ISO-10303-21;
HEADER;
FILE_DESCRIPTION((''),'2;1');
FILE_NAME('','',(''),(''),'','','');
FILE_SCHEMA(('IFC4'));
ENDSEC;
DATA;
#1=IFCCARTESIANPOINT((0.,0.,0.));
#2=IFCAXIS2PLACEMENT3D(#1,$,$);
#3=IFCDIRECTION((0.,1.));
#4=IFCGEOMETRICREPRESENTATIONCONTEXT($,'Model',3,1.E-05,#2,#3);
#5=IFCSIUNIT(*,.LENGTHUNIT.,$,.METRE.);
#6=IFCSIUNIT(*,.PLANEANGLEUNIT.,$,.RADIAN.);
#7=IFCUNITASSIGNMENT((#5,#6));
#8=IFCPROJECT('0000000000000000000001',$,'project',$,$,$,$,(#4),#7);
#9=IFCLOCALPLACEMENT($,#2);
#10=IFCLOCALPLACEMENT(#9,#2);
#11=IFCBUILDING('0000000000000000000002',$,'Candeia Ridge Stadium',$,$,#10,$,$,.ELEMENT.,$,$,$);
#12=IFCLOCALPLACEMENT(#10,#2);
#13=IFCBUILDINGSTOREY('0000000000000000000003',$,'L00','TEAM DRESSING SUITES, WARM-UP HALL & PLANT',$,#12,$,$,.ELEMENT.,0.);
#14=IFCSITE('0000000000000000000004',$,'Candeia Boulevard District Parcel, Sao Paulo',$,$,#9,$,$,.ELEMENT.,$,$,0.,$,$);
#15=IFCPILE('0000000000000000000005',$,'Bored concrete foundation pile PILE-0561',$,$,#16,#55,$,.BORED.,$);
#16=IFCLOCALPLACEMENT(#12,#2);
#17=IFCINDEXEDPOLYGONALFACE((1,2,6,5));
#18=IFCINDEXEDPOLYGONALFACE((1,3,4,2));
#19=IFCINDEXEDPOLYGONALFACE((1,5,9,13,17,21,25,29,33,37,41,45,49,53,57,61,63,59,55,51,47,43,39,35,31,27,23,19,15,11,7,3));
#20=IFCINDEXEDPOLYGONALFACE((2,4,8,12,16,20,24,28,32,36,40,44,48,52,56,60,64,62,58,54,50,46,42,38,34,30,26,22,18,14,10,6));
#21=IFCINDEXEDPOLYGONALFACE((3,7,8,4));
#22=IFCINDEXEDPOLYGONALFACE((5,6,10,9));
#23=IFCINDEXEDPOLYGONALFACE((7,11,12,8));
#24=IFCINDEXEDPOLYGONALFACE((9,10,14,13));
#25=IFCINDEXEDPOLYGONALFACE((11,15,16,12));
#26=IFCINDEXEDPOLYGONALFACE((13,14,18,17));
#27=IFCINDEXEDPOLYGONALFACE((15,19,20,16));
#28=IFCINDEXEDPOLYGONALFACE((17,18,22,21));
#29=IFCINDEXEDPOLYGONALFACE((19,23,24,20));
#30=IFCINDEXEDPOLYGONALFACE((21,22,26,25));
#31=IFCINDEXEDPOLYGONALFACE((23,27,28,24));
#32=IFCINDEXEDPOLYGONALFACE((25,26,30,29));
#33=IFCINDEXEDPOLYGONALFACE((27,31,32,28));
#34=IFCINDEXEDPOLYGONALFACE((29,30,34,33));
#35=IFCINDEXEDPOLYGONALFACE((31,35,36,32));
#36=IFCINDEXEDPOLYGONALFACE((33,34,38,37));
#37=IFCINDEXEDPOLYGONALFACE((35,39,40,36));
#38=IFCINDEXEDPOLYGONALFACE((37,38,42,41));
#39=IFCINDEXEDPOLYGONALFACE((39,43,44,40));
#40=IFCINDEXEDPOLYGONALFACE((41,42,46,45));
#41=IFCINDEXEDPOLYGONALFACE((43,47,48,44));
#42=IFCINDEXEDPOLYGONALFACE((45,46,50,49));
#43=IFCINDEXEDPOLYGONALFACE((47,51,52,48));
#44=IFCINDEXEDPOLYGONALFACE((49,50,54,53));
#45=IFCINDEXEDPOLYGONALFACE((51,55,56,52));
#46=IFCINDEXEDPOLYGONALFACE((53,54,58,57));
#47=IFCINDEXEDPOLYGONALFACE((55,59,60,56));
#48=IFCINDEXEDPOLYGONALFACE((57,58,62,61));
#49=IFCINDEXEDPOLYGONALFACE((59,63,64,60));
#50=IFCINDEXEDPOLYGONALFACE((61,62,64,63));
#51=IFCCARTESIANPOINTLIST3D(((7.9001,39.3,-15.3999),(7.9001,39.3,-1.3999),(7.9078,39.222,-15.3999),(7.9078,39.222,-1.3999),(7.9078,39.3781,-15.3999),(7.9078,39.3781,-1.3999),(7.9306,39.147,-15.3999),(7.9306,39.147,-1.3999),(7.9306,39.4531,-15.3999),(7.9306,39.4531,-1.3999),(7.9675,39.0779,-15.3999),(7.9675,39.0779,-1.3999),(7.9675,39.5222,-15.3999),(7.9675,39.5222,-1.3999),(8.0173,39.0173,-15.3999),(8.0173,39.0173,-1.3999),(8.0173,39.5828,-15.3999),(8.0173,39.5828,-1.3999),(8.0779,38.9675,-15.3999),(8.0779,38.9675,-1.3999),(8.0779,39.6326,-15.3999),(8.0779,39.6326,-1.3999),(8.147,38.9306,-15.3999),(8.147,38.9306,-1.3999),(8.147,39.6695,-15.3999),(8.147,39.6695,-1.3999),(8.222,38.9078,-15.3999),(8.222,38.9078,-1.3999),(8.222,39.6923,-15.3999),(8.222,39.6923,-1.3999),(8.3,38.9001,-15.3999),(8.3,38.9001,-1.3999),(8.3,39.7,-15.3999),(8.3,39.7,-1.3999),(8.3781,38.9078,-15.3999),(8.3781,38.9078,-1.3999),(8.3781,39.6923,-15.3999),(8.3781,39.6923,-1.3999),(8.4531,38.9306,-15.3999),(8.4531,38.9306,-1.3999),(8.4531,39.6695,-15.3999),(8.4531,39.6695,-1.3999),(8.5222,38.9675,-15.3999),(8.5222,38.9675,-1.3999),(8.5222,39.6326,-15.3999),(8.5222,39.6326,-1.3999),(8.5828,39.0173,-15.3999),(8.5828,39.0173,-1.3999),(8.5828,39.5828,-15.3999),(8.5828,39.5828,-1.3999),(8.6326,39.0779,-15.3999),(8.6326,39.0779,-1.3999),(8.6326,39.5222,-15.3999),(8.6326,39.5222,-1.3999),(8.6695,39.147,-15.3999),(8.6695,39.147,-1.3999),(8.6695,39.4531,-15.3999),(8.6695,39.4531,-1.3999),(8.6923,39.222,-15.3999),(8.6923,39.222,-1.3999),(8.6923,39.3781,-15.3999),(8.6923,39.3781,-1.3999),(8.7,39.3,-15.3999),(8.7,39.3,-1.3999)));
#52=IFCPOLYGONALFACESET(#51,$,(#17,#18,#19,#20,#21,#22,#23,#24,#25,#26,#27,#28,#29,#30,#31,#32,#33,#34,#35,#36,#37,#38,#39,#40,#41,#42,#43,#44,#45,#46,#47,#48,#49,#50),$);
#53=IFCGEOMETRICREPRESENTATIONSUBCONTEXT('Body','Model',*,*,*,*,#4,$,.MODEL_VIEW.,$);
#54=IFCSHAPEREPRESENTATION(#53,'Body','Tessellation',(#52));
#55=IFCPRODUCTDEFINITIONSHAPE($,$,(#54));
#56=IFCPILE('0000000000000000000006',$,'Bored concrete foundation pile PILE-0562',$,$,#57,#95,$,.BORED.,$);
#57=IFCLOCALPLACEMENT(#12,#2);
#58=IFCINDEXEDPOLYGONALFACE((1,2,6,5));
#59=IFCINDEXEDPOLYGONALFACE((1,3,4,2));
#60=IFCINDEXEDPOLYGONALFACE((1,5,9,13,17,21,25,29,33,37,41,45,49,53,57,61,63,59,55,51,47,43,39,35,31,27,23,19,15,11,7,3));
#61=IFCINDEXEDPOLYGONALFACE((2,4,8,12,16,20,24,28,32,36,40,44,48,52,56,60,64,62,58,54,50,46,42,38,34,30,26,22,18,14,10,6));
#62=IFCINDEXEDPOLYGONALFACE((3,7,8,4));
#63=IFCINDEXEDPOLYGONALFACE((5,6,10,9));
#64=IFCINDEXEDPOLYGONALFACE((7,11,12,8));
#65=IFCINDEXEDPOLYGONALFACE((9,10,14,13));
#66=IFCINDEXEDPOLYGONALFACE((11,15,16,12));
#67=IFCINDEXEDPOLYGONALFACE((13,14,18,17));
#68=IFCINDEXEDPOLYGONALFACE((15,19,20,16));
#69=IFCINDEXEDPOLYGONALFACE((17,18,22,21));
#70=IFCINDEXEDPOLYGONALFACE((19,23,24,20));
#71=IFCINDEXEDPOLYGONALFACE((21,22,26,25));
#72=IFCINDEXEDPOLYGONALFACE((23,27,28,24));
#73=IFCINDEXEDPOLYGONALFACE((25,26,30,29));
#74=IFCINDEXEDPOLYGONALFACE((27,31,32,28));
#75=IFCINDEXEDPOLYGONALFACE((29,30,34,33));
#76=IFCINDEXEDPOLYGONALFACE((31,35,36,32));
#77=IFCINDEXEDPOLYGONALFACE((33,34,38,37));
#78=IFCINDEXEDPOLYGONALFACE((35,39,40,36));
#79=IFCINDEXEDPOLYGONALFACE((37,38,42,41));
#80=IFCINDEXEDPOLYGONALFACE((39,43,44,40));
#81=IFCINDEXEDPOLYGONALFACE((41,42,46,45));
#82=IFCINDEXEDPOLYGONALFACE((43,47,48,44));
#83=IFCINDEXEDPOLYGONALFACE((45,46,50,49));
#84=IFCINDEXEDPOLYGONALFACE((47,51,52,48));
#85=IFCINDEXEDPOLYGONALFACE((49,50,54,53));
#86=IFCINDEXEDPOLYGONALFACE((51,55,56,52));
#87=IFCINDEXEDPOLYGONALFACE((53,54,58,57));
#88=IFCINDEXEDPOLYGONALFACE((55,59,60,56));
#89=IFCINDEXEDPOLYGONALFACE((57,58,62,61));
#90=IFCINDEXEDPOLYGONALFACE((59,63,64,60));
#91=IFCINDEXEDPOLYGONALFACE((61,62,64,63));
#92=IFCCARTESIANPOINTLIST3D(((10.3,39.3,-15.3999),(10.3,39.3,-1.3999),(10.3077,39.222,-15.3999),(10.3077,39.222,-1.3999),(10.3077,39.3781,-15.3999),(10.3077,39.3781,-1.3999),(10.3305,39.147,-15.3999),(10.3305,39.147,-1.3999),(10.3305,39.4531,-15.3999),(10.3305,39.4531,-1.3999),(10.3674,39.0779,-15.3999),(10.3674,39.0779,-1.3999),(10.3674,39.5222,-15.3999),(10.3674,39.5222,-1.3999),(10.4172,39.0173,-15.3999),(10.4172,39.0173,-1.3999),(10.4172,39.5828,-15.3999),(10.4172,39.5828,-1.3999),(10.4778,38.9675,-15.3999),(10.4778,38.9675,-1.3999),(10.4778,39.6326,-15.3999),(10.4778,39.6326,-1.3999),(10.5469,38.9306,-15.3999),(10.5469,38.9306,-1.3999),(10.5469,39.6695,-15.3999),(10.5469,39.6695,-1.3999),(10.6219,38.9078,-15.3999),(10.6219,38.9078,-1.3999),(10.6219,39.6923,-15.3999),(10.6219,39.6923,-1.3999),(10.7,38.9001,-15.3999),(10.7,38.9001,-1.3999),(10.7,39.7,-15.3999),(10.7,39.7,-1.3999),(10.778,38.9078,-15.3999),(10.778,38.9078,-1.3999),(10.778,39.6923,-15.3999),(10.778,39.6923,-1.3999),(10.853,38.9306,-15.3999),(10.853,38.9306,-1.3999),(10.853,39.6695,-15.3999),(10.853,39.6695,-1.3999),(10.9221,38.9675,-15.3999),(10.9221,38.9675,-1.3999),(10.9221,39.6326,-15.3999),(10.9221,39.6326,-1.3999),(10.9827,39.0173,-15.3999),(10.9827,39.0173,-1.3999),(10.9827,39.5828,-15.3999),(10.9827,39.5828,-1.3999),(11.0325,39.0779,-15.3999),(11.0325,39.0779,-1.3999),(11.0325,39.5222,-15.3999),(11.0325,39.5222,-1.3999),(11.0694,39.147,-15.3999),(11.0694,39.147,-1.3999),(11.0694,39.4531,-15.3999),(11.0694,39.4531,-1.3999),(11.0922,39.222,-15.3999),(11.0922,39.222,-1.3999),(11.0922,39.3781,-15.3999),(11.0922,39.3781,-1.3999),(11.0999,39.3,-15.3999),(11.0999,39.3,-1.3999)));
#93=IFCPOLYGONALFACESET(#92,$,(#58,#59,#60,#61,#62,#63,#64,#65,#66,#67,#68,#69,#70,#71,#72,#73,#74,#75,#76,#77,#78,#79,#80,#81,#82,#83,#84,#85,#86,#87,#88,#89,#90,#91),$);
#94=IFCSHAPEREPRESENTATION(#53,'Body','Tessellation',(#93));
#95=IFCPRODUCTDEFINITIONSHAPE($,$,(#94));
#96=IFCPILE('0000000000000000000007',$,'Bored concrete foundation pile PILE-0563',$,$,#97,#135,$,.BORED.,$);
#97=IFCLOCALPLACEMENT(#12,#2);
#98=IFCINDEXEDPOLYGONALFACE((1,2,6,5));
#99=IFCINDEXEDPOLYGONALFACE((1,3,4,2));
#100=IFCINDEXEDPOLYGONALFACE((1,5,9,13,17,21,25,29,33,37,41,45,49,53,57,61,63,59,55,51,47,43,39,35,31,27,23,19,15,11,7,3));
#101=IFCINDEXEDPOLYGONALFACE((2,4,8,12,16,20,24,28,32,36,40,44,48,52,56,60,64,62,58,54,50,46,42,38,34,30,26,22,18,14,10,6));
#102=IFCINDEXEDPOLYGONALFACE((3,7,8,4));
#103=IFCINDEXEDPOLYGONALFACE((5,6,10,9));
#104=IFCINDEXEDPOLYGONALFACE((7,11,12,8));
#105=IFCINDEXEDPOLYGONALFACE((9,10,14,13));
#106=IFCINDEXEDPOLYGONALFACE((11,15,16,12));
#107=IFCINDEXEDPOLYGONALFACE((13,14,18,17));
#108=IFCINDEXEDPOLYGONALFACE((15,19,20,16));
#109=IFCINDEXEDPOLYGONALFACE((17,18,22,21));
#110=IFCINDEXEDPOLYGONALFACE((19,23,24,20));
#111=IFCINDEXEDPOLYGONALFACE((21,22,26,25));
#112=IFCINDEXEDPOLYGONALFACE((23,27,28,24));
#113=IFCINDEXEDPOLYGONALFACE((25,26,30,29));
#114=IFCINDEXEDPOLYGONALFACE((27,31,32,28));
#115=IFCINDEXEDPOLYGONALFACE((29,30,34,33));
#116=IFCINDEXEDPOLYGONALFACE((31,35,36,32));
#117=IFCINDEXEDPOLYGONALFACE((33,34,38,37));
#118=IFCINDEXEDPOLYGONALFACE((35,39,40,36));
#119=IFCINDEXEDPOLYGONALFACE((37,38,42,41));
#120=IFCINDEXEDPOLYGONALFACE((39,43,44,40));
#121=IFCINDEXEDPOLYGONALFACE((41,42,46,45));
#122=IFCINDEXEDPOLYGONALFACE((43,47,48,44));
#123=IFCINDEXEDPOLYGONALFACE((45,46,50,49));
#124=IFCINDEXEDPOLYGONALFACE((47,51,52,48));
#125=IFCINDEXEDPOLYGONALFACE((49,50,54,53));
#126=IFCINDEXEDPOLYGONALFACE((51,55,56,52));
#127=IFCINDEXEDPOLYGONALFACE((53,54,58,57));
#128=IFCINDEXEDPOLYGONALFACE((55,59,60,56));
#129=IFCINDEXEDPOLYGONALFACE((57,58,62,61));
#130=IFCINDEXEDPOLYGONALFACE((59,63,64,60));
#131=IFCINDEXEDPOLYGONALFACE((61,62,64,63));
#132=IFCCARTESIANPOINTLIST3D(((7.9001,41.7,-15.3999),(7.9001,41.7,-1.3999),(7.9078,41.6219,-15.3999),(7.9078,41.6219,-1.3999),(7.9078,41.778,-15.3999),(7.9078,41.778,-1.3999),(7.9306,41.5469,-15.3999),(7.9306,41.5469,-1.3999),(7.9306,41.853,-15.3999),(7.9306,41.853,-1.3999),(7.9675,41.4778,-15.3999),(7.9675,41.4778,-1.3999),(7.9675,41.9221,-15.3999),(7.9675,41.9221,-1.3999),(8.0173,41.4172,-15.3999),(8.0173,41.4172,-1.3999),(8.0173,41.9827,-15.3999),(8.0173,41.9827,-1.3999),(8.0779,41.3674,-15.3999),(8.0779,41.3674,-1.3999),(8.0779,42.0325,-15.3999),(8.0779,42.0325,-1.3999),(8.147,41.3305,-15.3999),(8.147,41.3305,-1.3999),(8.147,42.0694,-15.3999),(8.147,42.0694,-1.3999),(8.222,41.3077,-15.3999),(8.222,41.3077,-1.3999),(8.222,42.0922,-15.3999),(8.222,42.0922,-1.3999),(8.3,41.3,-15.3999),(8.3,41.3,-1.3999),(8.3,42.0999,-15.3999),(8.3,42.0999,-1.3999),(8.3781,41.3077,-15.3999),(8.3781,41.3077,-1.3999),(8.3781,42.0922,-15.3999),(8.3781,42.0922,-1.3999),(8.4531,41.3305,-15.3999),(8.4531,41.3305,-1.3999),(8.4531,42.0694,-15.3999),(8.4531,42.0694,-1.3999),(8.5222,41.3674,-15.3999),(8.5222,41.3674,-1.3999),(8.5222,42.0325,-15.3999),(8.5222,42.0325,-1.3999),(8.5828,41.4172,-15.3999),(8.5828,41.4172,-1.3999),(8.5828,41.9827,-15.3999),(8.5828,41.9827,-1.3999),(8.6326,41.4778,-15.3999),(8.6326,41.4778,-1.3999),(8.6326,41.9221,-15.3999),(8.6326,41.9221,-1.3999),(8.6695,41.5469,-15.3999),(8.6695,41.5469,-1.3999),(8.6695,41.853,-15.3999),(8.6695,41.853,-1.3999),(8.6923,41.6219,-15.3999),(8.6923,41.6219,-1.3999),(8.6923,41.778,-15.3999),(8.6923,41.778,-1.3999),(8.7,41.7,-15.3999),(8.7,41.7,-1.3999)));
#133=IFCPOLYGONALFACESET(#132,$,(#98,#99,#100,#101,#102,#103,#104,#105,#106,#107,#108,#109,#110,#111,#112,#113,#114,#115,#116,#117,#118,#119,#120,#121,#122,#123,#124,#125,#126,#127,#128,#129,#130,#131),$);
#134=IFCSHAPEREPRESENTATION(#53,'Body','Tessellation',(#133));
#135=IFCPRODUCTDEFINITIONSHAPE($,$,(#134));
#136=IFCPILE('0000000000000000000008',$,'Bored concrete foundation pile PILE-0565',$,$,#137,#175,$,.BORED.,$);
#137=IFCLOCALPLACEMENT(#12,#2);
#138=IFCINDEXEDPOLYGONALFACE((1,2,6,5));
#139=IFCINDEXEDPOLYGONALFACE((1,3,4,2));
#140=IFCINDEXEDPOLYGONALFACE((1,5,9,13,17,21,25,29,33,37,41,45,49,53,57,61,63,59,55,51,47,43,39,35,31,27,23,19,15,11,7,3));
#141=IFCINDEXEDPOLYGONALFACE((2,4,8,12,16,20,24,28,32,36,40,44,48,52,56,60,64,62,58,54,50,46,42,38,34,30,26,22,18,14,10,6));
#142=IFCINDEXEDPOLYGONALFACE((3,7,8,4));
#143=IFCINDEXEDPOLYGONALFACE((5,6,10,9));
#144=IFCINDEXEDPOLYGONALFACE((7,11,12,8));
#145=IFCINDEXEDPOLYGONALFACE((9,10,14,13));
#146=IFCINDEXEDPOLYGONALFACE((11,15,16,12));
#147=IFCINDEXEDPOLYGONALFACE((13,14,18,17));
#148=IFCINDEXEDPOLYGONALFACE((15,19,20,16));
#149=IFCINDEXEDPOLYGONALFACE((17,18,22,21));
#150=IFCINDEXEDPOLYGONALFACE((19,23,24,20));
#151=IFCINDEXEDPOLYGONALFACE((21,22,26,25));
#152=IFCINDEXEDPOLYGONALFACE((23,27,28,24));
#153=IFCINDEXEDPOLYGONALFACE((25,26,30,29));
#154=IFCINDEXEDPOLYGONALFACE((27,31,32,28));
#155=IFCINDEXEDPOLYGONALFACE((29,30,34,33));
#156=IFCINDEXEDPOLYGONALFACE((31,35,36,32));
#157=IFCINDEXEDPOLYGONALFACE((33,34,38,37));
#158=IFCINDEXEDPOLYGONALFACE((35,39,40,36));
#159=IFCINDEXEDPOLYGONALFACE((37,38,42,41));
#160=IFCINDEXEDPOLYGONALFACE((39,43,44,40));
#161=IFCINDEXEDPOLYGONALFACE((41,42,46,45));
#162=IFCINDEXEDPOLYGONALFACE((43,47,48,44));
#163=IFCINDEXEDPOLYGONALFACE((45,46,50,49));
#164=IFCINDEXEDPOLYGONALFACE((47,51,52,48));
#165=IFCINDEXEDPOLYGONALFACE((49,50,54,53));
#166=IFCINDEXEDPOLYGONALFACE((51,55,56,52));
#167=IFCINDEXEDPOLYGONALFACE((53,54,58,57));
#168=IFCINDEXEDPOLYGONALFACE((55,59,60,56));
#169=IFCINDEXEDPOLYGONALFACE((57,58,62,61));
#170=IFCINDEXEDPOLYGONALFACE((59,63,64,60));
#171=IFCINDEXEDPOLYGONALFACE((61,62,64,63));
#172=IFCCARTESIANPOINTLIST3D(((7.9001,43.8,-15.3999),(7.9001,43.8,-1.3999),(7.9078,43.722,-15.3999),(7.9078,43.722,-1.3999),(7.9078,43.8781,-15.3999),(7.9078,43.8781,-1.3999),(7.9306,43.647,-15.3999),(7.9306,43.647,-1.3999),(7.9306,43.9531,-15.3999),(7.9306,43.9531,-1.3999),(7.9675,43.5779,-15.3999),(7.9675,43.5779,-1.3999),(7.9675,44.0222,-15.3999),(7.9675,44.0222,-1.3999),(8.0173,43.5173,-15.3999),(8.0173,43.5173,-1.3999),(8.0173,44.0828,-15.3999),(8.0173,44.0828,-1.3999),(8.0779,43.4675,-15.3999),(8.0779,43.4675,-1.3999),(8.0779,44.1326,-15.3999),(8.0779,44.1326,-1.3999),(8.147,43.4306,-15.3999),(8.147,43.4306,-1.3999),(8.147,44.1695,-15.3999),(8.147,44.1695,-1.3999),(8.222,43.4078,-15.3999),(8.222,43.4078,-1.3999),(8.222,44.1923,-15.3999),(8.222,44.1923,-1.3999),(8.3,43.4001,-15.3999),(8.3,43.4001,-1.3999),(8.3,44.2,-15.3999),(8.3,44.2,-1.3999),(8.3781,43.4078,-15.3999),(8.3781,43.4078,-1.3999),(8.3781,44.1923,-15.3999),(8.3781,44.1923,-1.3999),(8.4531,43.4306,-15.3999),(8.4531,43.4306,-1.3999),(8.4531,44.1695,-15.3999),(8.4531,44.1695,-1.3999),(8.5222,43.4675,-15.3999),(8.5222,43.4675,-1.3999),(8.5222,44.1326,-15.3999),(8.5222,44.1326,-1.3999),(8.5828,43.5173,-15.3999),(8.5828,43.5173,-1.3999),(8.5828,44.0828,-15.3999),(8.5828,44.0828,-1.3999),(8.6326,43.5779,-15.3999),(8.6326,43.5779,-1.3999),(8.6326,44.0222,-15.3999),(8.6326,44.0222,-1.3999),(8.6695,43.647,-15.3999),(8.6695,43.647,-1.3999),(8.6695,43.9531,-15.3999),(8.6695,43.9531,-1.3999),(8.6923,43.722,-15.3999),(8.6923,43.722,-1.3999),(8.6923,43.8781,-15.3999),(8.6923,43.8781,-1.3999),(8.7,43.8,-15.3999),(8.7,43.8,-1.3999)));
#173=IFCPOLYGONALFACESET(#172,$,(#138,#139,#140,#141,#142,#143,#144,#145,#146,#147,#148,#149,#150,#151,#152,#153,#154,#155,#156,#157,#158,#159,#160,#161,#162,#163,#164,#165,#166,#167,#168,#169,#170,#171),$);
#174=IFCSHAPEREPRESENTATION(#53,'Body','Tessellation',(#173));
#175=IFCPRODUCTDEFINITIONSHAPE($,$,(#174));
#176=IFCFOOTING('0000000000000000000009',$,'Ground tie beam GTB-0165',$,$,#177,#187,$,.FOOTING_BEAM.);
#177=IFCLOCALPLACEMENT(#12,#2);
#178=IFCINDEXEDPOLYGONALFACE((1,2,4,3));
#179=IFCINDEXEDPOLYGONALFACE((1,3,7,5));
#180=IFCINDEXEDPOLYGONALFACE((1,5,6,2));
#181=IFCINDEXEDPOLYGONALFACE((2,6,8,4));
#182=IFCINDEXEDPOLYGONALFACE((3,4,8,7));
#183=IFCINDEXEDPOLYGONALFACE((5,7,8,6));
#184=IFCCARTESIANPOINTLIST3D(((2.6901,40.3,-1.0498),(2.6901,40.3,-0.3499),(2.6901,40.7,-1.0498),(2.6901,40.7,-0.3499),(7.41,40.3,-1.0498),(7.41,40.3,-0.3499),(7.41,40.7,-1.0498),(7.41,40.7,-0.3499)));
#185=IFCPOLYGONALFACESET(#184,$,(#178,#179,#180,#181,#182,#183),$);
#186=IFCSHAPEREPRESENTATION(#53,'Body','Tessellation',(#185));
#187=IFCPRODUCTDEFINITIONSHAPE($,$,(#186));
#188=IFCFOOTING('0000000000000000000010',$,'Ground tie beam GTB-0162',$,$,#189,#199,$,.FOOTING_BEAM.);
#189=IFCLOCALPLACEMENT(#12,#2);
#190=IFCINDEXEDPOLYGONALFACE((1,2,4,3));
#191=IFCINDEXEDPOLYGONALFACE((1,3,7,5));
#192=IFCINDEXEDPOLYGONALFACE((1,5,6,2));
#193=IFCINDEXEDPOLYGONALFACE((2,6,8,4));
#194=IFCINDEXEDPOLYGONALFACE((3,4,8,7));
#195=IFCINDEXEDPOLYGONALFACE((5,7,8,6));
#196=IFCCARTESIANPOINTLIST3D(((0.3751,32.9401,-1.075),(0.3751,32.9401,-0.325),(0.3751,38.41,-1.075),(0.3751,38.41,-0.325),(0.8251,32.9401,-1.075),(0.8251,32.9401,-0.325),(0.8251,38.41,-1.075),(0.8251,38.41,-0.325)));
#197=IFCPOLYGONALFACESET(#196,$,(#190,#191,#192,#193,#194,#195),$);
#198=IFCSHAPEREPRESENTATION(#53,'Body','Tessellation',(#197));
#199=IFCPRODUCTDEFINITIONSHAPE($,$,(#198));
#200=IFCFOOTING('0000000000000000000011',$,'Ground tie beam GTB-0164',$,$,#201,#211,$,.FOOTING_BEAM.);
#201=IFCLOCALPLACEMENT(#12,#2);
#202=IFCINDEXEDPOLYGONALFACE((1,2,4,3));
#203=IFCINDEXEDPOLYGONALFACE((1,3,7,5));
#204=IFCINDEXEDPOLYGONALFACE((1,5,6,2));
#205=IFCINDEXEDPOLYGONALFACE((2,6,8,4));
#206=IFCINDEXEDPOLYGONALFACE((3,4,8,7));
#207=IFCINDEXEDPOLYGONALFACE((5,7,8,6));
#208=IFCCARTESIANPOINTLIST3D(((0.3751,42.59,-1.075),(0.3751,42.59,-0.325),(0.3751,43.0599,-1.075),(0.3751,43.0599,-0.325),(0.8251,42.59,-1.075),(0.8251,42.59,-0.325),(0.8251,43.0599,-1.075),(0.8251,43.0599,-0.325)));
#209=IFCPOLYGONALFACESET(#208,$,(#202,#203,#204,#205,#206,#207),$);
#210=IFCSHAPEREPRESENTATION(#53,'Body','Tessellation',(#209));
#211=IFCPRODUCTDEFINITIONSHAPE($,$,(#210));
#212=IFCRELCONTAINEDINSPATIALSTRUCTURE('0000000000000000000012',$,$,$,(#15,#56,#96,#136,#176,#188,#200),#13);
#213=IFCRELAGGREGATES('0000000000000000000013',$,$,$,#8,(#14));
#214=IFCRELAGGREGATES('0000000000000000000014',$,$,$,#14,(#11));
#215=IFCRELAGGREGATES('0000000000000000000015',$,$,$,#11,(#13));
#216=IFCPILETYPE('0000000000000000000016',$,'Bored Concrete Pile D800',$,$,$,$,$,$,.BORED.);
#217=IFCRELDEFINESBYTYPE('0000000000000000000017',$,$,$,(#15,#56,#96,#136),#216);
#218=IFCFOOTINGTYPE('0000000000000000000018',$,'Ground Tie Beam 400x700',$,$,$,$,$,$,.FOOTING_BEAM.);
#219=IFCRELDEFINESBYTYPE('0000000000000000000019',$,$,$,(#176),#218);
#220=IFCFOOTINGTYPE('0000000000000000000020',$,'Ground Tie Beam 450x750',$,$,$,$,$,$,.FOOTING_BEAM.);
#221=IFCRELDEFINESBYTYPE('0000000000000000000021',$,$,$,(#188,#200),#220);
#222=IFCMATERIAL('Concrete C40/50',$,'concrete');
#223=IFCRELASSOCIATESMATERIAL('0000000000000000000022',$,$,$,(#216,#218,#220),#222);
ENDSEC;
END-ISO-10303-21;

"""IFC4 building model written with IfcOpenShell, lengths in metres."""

from ifc_helpers import new_model, si_unit, direction, frame, origin, origin_2d, place, context, subcontext, project, spatial, rectangle, circle, extrude, material, material_profile, profile_set, type_object, element, save


model = new_model("IFC4")

# Units and contexts
model_context = context("Model", 3, precision=1e-05, world=origin(), true_north=direction((0.0, 1.0)))
body_context = subcontext(model_context, "Body", "Model", "MODEL_VIEW")
ifc_project = project(units=[si_unit("LENGTHUNIT", "METRE"), si_unit("PLANEANGLEUNIT", "RADIAN")], contexts=[model_context])

# Site, building, storey
site_placement = place(None, origin())
site = spatial("IfcSite", under=ifc_project, at=site_placement, Name="Candeia Boulevard District Parcel, Sao Paulo", CompositionType="ELEMENT", RefElevation=0.0)
building_placement = place(site_placement, origin())
building = spatial("IfcBuilding", under=site, at=building_placement, Name="Candeia Ridge Stadium", CompositionType="ELEMENT")
storey_placement = place(building_placement, origin())
storey = spatial("IfcBuildingStorey", under=building, at=storey_placement, Name="L00", Description="TEAM DRESSING SUITES, WARM-UP HALL & PLANT", CompositionType="ELEMENT", Elevation=0.0)

# Piles
ifc_material_1 = material(Name="Concrete C40/50", Category="concrete")
ifc_material_profile_1 = material_profile(ifc_material_1, circle(Radius=0.3999, at=origin_2d()), Name="PILE-D800", Category="concrete")
ifc_profile_set_1 = profile_set([ifc_material_profile_1], Name="Concrete C40/50")
pile_type = type_object("IfcPileType", Name="Bored Concrete Pile D800", PredefinedType="BORED", material=ifc_profile_set_1)
for number, where, z_axis, x_axis, name in (
    (1, (8.3, 39.3, -1.3999), (0.0, 0.0, -1.0), (1.0, 0.0, 0.0), "Bored concrete foundation pile PILE-0561"),
    (2, (10.7, 39.3, -1.3999), (0.0, 0.0, -1.0), (1.0, 0.0, 0.0), "Bored concrete foundation pile PILE-0562"),
    (3, (8.3, 41.7, -1.3999), (0.0, 0.0, -1.0), (1.0, 0.0, 0.0), "Bored concrete foundation pile PILE-0563"),
    (4, (8.3, 43.8, -1.3999), (0.0, 0.0, -1.0), (1.0, 0.0, 0.0), "Bored concrete foundation pile PILE-0565"),
):
    element("IfcPile", number, at=place(storey_placement, frame(where, z_axis=z_axis, x_axis=x_axis)), inside=storey, type_object=pile_type, Name=name, PredefinedType="BORED", context=body_context, shape_type="SweptSolid", body=[
        extrude(circle(Radius=0.3999, at=origin_2d()), origin(), (0.0, 0.0, 1.0), 14.0),
    ])

# Footings
footing_type_1 = type_object("IfcFootingType", Name="Ground Tie Beam 400x700", PredefinedType="FOOTING_BEAM", material=ifc_material_1)
footing_1_placement = place(storey_placement, frame((5.05, 40.5, -1.0498), z_axis=(0.0, 0.0, 1.0), x_axis=(1.0, 0.0, 0.0)))
element("IfcFooting", 5, at=footing_1_placement, inside=storey, type_object=footing_type_1, Name="Ground tie beam GTB-0165", PredefinedType="FOOTING_BEAM", context=body_context, shape_type="SweptSolid", body=[
    extrude(rectangle(XDim=4.72, YDim=0.3999, at=origin_2d()), origin(), (0.0, 0.0, 1.0), 0.7),
])
footing_type_2 = type_object("IfcFootingType", Name="Ground Tie Beam 450x750", PredefinedType="FOOTING_BEAM", material=ifc_material_1)
footing_2_placement = place(storey_placement, frame((0.6001, 35.675, -1.075), z_axis=(0.0, 0.0, 1.0), x_axis=(0.0, 1.0, 0.0)))
element("IfcFooting", 6, at=footing_2_placement, inside=storey, type_object=footing_type_2, Name="Ground tie beam GTB-0162", PredefinedType="FOOTING_BEAM", context=body_context, shape_type="SweptSolid", body=[
    extrude(rectangle(XDim=5.47, YDim=0.45, at=origin_2d()), origin(), (0.0, 0.0, 1.0), 0.75),
])
footing_3_placement = place(storey_placement, frame((0.6001, 42.825, -1.075), z_axis=(0.0, 0.0, 1.0), x_axis=(0.0, 1.0, 0.0)))
element("IfcFooting", 7, at=footing_3_placement, inside=storey, type_object=footing_type_2, Name="Ground tie beam GTB-0164", PredefinedType="FOOTING_BEAM", context=body_context, shape_type="SweptSolid", body=[
    extrude(rectangle(XDim=0.47, YDim=0.45, at=origin_2d()), origin(), (0.0, 0.0, 1.0), 0.75),
])

save(model, "model.ifc")
